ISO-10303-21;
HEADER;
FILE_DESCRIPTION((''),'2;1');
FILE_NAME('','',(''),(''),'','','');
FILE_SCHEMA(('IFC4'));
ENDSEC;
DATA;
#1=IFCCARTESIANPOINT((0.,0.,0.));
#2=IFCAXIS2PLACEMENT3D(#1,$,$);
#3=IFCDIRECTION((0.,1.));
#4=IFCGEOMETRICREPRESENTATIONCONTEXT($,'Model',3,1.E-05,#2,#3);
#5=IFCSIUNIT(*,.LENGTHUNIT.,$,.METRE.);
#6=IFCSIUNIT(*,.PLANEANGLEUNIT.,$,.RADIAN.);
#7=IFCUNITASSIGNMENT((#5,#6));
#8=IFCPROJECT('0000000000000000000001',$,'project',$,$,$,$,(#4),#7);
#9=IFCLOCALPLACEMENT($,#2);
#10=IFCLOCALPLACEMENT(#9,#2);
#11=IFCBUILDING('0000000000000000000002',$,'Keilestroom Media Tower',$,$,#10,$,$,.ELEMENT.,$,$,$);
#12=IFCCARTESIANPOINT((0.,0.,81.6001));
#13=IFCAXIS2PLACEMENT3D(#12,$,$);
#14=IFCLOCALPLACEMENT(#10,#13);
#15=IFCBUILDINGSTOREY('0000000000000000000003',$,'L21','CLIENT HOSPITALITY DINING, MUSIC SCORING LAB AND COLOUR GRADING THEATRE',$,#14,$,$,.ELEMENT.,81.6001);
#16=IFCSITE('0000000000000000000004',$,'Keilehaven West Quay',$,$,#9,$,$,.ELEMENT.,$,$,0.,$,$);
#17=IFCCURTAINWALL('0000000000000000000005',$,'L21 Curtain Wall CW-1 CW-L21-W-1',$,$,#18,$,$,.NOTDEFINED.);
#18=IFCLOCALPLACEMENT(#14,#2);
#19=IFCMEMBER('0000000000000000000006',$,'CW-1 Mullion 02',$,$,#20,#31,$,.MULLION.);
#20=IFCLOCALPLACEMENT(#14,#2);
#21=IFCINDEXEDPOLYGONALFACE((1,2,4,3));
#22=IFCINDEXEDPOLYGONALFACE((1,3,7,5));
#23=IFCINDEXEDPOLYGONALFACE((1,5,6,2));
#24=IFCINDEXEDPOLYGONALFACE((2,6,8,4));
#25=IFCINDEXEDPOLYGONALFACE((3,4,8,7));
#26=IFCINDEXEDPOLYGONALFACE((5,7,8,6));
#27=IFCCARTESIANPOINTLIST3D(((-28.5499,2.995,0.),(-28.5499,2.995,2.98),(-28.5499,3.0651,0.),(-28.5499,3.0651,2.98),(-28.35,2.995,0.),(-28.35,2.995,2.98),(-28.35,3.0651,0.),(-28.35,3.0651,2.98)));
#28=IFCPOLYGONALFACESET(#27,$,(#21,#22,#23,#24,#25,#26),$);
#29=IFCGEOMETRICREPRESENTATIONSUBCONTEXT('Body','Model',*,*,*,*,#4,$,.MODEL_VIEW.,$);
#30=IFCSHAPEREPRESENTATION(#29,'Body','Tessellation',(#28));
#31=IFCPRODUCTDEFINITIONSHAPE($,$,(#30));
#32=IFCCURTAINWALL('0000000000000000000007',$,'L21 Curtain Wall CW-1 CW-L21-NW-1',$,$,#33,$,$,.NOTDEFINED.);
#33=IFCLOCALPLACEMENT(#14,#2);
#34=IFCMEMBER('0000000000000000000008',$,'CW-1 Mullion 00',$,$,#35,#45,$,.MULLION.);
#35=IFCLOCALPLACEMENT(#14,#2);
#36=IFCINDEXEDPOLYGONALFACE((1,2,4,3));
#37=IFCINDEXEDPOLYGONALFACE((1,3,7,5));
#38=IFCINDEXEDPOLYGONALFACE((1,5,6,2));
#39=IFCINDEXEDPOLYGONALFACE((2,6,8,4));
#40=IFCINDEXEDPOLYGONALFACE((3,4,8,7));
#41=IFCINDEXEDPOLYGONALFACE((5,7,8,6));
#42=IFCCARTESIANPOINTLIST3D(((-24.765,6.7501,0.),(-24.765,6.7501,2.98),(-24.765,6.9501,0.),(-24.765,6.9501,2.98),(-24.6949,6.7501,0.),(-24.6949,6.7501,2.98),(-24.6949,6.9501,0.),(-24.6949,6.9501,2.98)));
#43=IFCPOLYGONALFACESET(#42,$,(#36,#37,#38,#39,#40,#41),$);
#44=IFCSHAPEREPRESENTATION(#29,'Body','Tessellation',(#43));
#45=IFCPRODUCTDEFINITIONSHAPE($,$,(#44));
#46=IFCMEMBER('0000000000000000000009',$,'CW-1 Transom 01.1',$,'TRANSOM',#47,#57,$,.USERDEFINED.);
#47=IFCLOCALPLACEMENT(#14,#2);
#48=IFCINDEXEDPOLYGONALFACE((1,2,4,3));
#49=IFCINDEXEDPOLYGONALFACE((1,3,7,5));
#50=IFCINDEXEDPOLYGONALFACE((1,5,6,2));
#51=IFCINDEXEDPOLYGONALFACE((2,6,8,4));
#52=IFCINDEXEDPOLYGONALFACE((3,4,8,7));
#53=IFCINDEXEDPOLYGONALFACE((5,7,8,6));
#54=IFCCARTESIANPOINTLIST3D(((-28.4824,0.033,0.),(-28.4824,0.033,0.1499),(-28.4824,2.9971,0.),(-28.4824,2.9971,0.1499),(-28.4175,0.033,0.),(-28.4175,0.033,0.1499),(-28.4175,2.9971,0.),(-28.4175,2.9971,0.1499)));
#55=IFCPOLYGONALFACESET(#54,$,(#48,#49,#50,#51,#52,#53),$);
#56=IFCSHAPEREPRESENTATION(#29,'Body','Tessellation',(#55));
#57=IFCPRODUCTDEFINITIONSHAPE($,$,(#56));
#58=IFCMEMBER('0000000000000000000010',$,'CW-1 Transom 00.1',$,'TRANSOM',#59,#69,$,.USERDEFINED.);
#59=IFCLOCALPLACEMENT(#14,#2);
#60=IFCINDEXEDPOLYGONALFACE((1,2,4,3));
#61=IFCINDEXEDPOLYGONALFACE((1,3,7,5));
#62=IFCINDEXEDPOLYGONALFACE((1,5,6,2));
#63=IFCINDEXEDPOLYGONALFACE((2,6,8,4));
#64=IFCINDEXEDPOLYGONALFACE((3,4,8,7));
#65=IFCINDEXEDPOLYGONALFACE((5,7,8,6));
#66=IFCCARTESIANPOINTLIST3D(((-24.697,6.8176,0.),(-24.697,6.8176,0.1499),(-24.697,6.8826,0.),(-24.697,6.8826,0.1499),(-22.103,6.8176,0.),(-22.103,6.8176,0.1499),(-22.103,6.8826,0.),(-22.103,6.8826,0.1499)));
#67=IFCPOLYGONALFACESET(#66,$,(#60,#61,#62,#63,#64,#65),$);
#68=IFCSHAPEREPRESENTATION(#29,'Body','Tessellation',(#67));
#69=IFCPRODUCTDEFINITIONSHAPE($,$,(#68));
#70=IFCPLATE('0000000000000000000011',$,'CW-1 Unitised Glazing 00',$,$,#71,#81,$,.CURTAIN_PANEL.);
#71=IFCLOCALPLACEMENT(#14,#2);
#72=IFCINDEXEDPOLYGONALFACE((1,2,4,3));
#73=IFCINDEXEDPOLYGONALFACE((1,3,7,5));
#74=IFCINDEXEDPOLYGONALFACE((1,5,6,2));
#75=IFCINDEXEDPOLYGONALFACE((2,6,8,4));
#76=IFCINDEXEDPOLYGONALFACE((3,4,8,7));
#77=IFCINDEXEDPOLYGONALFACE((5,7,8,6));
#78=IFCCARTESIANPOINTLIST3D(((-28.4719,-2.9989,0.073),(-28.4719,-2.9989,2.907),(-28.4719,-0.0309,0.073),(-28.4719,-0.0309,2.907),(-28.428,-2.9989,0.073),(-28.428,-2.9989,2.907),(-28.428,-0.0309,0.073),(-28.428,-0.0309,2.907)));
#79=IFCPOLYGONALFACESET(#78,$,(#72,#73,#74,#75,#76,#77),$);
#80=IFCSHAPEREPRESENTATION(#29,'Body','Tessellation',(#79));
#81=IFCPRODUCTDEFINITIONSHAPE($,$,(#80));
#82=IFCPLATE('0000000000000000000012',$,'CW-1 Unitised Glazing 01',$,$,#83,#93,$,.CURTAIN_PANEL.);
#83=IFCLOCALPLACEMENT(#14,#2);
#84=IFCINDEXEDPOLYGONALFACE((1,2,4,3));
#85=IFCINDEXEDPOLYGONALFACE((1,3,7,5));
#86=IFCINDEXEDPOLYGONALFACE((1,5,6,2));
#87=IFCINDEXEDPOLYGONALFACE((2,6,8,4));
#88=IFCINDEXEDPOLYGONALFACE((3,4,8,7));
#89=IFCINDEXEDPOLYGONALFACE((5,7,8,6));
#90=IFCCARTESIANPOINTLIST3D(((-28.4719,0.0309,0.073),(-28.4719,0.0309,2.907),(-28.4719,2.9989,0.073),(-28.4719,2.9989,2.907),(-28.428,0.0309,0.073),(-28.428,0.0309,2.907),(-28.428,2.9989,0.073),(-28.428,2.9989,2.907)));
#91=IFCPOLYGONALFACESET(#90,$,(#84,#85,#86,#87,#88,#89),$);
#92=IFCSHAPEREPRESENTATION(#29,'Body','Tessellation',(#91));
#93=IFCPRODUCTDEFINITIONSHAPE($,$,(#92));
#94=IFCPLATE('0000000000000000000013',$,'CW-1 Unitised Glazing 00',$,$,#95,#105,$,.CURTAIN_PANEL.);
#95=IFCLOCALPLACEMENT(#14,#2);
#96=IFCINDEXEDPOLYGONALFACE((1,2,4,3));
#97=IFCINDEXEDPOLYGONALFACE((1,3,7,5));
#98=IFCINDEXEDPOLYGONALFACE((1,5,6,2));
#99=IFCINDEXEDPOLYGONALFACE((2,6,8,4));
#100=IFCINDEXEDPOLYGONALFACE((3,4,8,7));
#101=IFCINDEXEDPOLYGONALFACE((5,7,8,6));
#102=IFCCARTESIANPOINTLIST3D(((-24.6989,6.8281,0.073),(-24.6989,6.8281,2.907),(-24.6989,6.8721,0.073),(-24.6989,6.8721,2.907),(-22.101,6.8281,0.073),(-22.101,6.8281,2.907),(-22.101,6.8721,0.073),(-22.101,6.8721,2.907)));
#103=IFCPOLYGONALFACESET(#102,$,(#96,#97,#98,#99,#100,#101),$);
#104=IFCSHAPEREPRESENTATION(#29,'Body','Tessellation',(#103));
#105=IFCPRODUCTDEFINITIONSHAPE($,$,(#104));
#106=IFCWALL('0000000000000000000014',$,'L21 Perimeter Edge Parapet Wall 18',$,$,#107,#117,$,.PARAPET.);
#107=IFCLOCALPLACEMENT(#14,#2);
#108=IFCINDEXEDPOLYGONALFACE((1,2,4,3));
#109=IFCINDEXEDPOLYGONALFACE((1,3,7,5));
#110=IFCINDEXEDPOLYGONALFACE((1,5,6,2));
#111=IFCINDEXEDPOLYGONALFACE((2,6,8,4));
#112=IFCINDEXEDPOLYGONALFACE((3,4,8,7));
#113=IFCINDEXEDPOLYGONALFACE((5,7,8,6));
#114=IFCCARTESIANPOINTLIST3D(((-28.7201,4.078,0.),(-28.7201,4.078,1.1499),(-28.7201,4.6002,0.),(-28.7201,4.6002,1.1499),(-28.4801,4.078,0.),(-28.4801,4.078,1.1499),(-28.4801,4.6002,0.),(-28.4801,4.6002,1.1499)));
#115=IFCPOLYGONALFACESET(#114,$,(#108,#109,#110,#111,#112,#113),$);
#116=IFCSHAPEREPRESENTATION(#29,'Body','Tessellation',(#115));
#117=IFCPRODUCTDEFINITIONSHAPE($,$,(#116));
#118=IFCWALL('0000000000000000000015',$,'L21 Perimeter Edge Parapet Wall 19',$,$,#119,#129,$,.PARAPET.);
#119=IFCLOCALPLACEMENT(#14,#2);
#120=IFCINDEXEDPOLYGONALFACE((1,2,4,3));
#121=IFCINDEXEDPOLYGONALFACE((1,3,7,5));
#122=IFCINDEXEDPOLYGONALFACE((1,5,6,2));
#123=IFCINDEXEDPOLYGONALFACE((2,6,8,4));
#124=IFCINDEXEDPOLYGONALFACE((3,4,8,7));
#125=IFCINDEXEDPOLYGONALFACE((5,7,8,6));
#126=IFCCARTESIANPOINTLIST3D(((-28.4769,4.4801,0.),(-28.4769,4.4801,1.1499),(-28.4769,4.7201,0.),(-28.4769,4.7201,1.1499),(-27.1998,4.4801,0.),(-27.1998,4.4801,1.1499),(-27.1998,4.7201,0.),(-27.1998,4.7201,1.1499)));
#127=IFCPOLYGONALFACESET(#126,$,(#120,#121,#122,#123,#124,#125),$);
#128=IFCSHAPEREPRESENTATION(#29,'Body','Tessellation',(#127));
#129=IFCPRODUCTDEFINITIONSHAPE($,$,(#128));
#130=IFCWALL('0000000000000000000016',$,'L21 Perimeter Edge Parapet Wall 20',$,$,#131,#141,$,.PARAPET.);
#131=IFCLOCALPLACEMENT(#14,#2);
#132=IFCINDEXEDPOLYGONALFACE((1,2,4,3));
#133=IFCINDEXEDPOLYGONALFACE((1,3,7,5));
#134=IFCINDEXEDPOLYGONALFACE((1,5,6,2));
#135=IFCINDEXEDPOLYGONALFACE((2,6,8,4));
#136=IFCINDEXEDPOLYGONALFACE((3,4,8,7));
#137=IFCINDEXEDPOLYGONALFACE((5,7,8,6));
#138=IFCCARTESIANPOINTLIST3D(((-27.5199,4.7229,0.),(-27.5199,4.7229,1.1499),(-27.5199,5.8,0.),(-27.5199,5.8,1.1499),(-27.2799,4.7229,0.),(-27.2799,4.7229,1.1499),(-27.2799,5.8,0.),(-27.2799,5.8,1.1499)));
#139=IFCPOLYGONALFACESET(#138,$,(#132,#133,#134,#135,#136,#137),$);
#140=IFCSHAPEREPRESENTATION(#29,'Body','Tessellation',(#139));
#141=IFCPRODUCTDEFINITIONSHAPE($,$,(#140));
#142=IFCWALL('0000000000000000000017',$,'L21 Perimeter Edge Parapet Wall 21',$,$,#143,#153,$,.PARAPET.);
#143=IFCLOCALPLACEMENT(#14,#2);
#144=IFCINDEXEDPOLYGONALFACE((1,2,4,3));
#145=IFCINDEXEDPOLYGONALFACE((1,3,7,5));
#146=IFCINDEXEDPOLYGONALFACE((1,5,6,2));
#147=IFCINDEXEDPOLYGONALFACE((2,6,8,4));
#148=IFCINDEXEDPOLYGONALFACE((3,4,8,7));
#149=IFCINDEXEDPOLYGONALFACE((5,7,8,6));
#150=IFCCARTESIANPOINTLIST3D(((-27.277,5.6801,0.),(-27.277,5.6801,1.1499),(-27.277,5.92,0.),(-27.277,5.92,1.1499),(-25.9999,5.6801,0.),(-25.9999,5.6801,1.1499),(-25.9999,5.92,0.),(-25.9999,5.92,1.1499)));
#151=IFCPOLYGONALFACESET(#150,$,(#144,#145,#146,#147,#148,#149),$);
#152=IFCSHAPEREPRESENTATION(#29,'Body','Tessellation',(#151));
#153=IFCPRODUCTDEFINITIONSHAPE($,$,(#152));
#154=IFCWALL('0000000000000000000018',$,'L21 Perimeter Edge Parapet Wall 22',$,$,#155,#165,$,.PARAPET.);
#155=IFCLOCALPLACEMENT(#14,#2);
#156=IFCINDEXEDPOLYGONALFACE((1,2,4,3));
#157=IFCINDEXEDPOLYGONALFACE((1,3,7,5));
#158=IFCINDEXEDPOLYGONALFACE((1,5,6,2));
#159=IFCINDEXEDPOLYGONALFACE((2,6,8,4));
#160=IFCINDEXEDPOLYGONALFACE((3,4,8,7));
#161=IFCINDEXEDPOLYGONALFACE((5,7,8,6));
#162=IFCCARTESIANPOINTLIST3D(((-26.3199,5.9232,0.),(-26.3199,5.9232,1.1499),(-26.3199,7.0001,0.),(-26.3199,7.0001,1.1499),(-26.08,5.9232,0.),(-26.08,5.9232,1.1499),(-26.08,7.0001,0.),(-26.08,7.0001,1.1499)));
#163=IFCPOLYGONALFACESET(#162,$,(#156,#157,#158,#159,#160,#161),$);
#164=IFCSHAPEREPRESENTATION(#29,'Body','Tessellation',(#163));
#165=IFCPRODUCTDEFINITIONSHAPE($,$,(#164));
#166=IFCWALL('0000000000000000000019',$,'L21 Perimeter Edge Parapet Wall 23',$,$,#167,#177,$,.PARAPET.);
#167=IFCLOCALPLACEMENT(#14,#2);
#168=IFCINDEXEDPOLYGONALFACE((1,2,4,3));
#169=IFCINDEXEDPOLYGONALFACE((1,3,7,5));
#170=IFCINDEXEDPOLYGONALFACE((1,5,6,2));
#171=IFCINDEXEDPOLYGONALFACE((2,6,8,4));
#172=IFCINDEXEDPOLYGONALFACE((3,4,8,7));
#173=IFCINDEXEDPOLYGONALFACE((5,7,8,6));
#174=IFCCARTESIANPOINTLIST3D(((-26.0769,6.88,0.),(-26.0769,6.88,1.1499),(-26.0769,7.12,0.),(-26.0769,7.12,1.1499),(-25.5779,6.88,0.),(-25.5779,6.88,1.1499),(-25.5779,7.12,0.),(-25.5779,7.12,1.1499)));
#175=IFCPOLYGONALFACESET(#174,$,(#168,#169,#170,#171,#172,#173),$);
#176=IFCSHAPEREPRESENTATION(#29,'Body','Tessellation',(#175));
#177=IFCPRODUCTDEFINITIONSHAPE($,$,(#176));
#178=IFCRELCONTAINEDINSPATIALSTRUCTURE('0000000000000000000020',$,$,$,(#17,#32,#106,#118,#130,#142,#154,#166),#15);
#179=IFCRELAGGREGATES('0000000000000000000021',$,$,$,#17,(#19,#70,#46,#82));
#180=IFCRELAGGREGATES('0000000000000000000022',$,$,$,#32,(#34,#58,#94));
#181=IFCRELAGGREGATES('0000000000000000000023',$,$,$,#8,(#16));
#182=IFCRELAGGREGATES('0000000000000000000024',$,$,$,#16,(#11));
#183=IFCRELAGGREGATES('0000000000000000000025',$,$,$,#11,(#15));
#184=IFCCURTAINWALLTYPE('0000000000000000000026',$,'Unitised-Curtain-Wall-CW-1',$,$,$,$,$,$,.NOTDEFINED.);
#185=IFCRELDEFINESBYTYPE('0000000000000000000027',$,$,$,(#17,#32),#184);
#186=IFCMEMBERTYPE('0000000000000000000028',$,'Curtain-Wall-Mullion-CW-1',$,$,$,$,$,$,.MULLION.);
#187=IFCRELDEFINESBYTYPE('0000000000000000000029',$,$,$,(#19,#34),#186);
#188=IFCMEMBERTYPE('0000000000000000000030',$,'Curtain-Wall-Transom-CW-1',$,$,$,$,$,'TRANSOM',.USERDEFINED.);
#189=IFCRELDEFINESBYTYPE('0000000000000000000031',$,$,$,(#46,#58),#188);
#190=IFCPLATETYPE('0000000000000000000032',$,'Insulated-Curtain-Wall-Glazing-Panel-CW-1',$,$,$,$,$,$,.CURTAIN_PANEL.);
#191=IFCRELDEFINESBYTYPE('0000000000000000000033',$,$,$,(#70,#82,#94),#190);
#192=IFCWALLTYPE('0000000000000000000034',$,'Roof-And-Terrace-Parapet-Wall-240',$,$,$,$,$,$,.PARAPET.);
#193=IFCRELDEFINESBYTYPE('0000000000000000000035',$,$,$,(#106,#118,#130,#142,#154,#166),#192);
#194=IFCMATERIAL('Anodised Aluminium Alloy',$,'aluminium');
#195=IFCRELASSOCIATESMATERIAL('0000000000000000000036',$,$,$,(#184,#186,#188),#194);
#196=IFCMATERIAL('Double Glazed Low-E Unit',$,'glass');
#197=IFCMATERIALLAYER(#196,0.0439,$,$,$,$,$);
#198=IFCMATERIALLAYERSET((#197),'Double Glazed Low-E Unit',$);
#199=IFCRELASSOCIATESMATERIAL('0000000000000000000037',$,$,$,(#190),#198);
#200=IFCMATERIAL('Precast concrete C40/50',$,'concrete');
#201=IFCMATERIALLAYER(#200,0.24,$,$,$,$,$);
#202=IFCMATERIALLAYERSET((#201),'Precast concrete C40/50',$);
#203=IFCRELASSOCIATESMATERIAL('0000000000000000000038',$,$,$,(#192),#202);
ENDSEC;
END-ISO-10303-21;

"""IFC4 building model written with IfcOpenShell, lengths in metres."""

from ifc_helpers import new_model, si_unit, direction, frame, frame_2d, origin, origin_2d, place, context, subcontext, project, spatial, rectangle, extrude, source, transform, mapped, material, layer, layer_set, material_profile, profile_set, type_object, element, aggregate, save


model = new_model("IFC4")

# Units and contexts
model_context = context("Model", 3, precision=1e-05, world=origin(), true_north=direction((0.0, 1.0)))
body_context = subcontext(model_context, "Body", "Model", "MODEL_VIEW")
ifc_project = project(units=[si_unit("LENGTHUNIT", "METRE"), si_unit("PLANEANGLEUNIT", "RADIAN")], contexts=[model_context])

# Site, building, storey
site_placement = place(None, origin())
site = spatial("IfcSite", under=ifc_project, at=site_placement, Name="Keilehaven West Quay", CompositionType="ELEMENT", RefElevation=0.0)
building_placement = place(site_placement, origin())
building = spatial("IfcBuilding", under=site, at=building_placement, Name="Keilestroom Media Tower", CompositionType="ELEMENT")
storey_placement = place(building_placement, frame((0.0, 0.0, 81.6001)))
storey = spatial("IfcBuildingStorey", under=building, at=storey_placement, Name="L21", Description="CLIENT HOSPITALITY DINING, MUSIC SCORING LAB AND COLOUR GRADING THEATRE", CompositionType="ELEMENT", Elevation=81.6001)

# Shared definitions
ifc_material_1 = material(Name="Precast concrete C40/50", Category="concrete")

# Curtain wall, member
ifc_material_2 = material(Name="Anodised Aluminium Alloy", Category="aluminium")
curtain_wall_type = type_object("IfcCurtainWallType", Name="Unitised-Curtain-Wall-CW-1", PredefinedType="NOTDEFINED", material=ifc_material_2)
curtain_wall_1_placement = place(storey_placement, origin())
curtain_wall_1 = element("IfcCurtainWall", 1, at=curtain_wall_1_placement, inside=storey, type_object=curtain_wall_type, Name="L21 Curtain Wall CW-1 CW-L21-W-1", PredefinedType="NOTDEFINED")
ifc_material_profile_1 = material_profile(ifc_material_2, rectangle(XDim=0.0701, YDim=0.2, at=origin_2d()), Name="ALU MULLION 70x200")
ifc_profile_set_1 = profile_set([ifc_material_profile_1], Name="Anodised Aluminium Alloy")
member_type_1 = type_object("IfcMemberType", Name="Curtain-Wall-Mullion-CW-1", PredefinedType="MULLION", material=ifc_profile_set_1)
shared_shape_1 = source(origin(), body_context, "Body", "SweptSolid", [
    extrude(rectangle(XDim=0.0701, YDim=0.2, at=origin_2d()), origin(), (0.0, 0.0, 1.0), 2.98),
])
member_1_placement = place(storey_placement, frame((-28.45, 3.03, 0.0), z_axis=(0.0, 0.0, 1.0), x_axis=(0.0, 1.0, 0.0)))
member_1 = element("IfcMember", 2, at=member_1_placement, type_object=member_type_1, Name="CW-1 Mullion 02", PredefinedType="MULLION", context=body_context, shape_type="MappedRepresentation", body=[
    mapped(shared_shape_1, transform((0.0, 0.0, 0.0), x_axis=(1.0, 0.0, 0.0), y_axis=(0.0, 1.0, 0.0), z_axis=(0.0, 0.0, 1.0), scale=1.0)),
])

# Curtain wall, member
curtain_wall_2_placement = place(storey_placement, origin())
curtain_wall_2 = element("IfcCurtainWall", 3, at=curtain_wall_2_placement, inside=storey, type_object=curtain_wall_type, Name="L21 Curtain Wall CW-1 CW-L21-NW-1", PredefinedType="NOTDEFINED")
member_2_placement = place(storey_placement, frame((-24.73, 6.8501, 0.0), z_axis=(0.0, 0.0, 1.0), x_axis=(1.0, 0.0, 0.0)))
member_2 = element("IfcMember", 4, at=member_2_placement, type_object=member_type_1, Name="CW-1 Mullion 00", PredefinedType="MULLION", context=body_context, shape_type="MappedRepresentation", body=[
    mapped(shared_shape_1, transform((0.0, 0.0, 0.0), x_axis=(1.0, 0.0, 0.0), y_axis=(0.0, 1.0, 0.0), z_axis=(0.0, 0.0, 1.0), scale=1.0)),
])

# Members
ifc_material_profile_2 = material_profile(ifc_material_2, rectangle(XDim=0.0649, YDim=0.1499, at=origin_2d()), Name="ALU TRANSOM 65x150")
ifc_profile_set_2 = profile_set([ifc_material_profile_2], Name="Anodised Aluminium Alloy")
member_type_2 = type_object("IfcMemberType", Name="Curtain-Wall-Transom-CW-1", ElementType="TRANSOM", PredefinedType="USERDEFINED", material=ifc_profile_set_2)
shared_shape_2 = source(origin(), body_context, "Body", "SweptSolid", [
    extrude(rectangle(XDim=0.0649, YDim=0.1499, at=origin_2d()), origin(), (0.0, 0.0, 1.0), 2.9641),
])
member_3_placement = place(storey_placement, frame((-28.45, 0.033, 0.075), z_axis=(0.0, 1.0, 0.0), x_axis=(-1.0, 0.0, 0.0)))
member_3 = element("IfcMember", 5, at=member_3_placement, type_object=member_type_2, Name="CW-1 Transom 01.1", ObjectType="TRANSOM", PredefinedType="USERDEFINED", context=body_context, shape_type="MappedRepresentation", body=[
    mapped(shared_shape_2, transform((0.0, 0.0, 0.0), x_axis=(1.0, 0.0, 0.0), y_axis=(0.0, 1.0, 0.0), z_axis=(0.0, 0.0, 1.0), scale=1.0)),
])
shared_shape_3 = source(origin(), body_context, "Body", "SweptSolid", [
    extrude(rectangle(XDim=0.0649, YDim=0.1499, at=origin_2d()), origin(), (0.0, 0.0, 1.0), 2.594),
])
member_4_placement = place(storey_placement, frame((-24.697, 6.8501, 0.075), z_axis=(1.0, 0.0, 0.0), x_axis=(0.0, 1.0, 0.0)))
member_4 = element("IfcMember", 6, at=member_4_placement, type_object=member_type_2, Name="CW-1 Transom 00.1", ObjectType="TRANSOM", PredefinedType="USERDEFINED", context=body_context, shape_type="MappedRepresentation", body=[
    mapped(shared_shape_3, transform((0.0, 0.0, 0.0), x_axis=(1.0, 0.0, 0.0), y_axis=(0.0, 1.0, 0.0), z_axis=(0.0, 0.0, 1.0), scale=1.0)),
])

# Plates
ifc_material_3 = material(Name="Double Glazed Low-E Unit", Category="glass")
ifc_layer_1 = layer(ifc_material_3, 0.0439)
ifc_layer_set_1 = layer_set([ifc_layer_1], Name="Double Glazed Low-E Unit")
plate_type = type_object("IfcPlateType", Name="Insulated-Curtain-Wall-Glazing-Panel-CW-1", PredefinedType="CURTAIN_PANEL", material=ifc_layer_set_1)
shared_shape_4 = source(origin(), body_context, "Body", "SweptSolid", [
    extrude(rectangle(XDim=2.968, YDim=0.0439, at=origin_2d()), origin(), (0.0, 0.0, 1.0), 2.834),
])
plate_1_placement = place(storey_placement, frame((-28.45, -1.5149, 0.073), z_axis=(0.0, 0.0, 1.0), x_axis=(0.0, 1.0, 0.0)))
plate_1 = element("IfcPlate", 7, at=plate_1_placement, type_object=plate_type, Name="CW-1 Unitised Glazing 00", PredefinedType="CURTAIN_PANEL", context=body_context, shape_type="MappedRepresentation", body=[
    mapped(shared_shape_4, transform((0.0, 0.0, 0.0), x_axis=(1.0, 0.0, 0.0), y_axis=(0.0, 1.0, 0.0), z_axis=(0.0, 0.0, 1.0), scale=1.0)),
])
plate_2_placement = place(storey_placement, frame((-28.45, 1.5149, 0.073), z_axis=(0.0, 0.0, 1.0), x_axis=(0.0, 1.0, 0.0)))
plate_2 = element("IfcPlate", 8, at=plate_2_placement, type_object=plate_type, Name="CW-1 Unitised Glazing 01", PredefinedType="CURTAIN_PANEL", context=body_context, shape_type="MappedRepresentation", body=[
    mapped(shared_shape_4, transform((0.0, 0.0, 0.0), x_axis=(1.0, 0.0, 0.0), y_axis=(0.0, 1.0, 0.0), z_axis=(0.0, 0.0, 1.0), scale=1.0)),
])
aggregate(curtain_wall_1, [member_1, plate_1, member_3, plate_2])
shared_shape_5 = source(origin(), body_context, "Body", "SweptSolid", [
    extrude(rectangle(XDim=2.5979, YDim=0.0439, at=origin_2d()), origin(), (0.0, 0.0, 1.0), 2.834),
])
plate_3_placement = place(storey_placement, frame((-23.3999, 6.8501, 0.073), z_axis=(0.0, 0.0, 1.0), x_axis=(1.0, 0.0, 0.0)))
plate_3 = element("IfcPlate", 9, at=plate_3_placement, type_object=plate_type, Name="CW-1 Unitised Glazing 00", PredefinedType="CURTAIN_PANEL", context=body_context, shape_type="MappedRepresentation", body=[
    mapped(shared_shape_5, transform((0.0, 0.0, 0.0), x_axis=(1.0, 0.0, 0.0), y_axis=(0.0, 1.0, 0.0), z_axis=(0.0, 0.0, 1.0), scale=1.0)),
])
aggregate(curtain_wall_2, [member_2, member_4, plate_3])

# Walls
ifc_layer_2 = layer(ifc_material_1, 0.24)
ifc_layer_set_2 = layer_set([ifc_layer_2], Name="Precast concrete C40/50")
wall_type = type_object("IfcWallType", Name="Roof-And-Terrace-Parapet-Wall-240", PredefinedType="PARAPET", material=ifc_layer_set_2)
wall_1_placement = place(storey_placement, frame((-28.6001, 4.0779, 0.0), z_axis=(0.0, 0.0, 1.0), x_axis=(0.0, 1.0, 0.0)))
element("IfcWall", 10, at=wall_1_placement, inside=storey, type_object=wall_type, Name="L21 Perimeter Edge Parapet Wall 18", PredefinedType="PARAPET", context=body_context, shape_type="SweptSolid", body=[
    extrude(rectangle(XDim=0.5222, YDim=0.24, at=frame_2d((0.2612, 0.0))), origin(), (0.0, 0.0, 1.0), 1.1499),
])
wall_2_placement = place(storey_placement, frame((-28.4771, 4.6001, 0.0), z_axis=(0.0, 0.0, 1.0), x_axis=(1.0, 0.0, 0.0)))
element("IfcWall", 11, at=wall_2_placement, inside=storey, type_object=wall_type, Name="L21 Perimeter Edge Parapet Wall 19", PredefinedType="PARAPET", context=body_context, shape_type="SweptSolid", body=[
    extrude(rectangle(XDim=1.2771, YDim=0.24, at=frame_2d((0.6387, 0.0))), origin(), (0.0, 0.0, 1.0), 1.1499),
])
wall_3_placement = place(storey_placement, frame((-27.3999, 4.7229, 0.0), z_axis=(0.0, 0.0, 1.0), x_axis=(0.0, 1.0, 0.0)))
element("IfcWall", 12, at=wall_3_placement, inside=storey, type_object=wall_type, Name="L21 Perimeter Edge Parapet Wall 20", PredefinedType="PARAPET", context=body_context, shape_type="SweptSolid", body=[
    extrude(rectangle(XDim=1.0771, YDim=0.24, at=frame_2d((0.5386, 0.0))), origin(), (0.0, 0.0, 1.0), 1.1499),
])
wall_4_placement = place(storey_placement, frame((-27.2771, 5.8, 0.0), z_axis=(0.0, 0.0, 1.0), x_axis=(1.0, 0.0, 0.0)))
element("IfcWall", 13, at=wall_4_placement, inside=storey, type_object=wall_type, Name="L21 Perimeter Edge Parapet Wall 21", PredefinedType="PARAPET", context=body_context, shape_type="SweptSolid", body=[
    extrude(rectangle(XDim=1.2771, YDim=0.24, at=frame_2d((0.6387, 0.0))), origin(), (0.0, 0.0, 1.0), 1.1499),
])
wall_5_placement = place(storey_placement, frame((-26.2, 5.9231, 0.0), z_axis=(0.0, 0.0, 1.0), x_axis=(0.0, 1.0, 0.0)))
element("IfcWall", 14, at=wall_5_placement, inside=storey, type_object=wall_type, Name="L21 Perimeter Edge Parapet Wall 22", PredefinedType="PARAPET", context=body_context, shape_type="SweptSolid", body=[
    extrude(rectangle(XDim=1.0769, YDim=0.24, at=frame_2d((0.5386, 0.0))), origin(), (0.0, 0.0, 1.0), 1.1499),
])
wall_6_placement = place(storey_placement, frame((-26.0769, 7.0, 0.0), z_axis=(0.0, 0.0, 1.0), x_axis=(1.0, 0.0, 0.0)))
element("IfcWall", 15, at=wall_6_placement, inside=storey, type_object=wall_type, Name="L21 Perimeter Edge Parapet Wall 23", PredefinedType="PARAPET", context=body_context, shape_type="SweptSolid", body=[
    extrude(rectangle(XDim=0.499, YDim=0.24, at=frame_2d((0.2495, 0.0))), origin(), (0.0, 0.0, 1.0), 1.1499),
])

save(model, "model.ifc")
